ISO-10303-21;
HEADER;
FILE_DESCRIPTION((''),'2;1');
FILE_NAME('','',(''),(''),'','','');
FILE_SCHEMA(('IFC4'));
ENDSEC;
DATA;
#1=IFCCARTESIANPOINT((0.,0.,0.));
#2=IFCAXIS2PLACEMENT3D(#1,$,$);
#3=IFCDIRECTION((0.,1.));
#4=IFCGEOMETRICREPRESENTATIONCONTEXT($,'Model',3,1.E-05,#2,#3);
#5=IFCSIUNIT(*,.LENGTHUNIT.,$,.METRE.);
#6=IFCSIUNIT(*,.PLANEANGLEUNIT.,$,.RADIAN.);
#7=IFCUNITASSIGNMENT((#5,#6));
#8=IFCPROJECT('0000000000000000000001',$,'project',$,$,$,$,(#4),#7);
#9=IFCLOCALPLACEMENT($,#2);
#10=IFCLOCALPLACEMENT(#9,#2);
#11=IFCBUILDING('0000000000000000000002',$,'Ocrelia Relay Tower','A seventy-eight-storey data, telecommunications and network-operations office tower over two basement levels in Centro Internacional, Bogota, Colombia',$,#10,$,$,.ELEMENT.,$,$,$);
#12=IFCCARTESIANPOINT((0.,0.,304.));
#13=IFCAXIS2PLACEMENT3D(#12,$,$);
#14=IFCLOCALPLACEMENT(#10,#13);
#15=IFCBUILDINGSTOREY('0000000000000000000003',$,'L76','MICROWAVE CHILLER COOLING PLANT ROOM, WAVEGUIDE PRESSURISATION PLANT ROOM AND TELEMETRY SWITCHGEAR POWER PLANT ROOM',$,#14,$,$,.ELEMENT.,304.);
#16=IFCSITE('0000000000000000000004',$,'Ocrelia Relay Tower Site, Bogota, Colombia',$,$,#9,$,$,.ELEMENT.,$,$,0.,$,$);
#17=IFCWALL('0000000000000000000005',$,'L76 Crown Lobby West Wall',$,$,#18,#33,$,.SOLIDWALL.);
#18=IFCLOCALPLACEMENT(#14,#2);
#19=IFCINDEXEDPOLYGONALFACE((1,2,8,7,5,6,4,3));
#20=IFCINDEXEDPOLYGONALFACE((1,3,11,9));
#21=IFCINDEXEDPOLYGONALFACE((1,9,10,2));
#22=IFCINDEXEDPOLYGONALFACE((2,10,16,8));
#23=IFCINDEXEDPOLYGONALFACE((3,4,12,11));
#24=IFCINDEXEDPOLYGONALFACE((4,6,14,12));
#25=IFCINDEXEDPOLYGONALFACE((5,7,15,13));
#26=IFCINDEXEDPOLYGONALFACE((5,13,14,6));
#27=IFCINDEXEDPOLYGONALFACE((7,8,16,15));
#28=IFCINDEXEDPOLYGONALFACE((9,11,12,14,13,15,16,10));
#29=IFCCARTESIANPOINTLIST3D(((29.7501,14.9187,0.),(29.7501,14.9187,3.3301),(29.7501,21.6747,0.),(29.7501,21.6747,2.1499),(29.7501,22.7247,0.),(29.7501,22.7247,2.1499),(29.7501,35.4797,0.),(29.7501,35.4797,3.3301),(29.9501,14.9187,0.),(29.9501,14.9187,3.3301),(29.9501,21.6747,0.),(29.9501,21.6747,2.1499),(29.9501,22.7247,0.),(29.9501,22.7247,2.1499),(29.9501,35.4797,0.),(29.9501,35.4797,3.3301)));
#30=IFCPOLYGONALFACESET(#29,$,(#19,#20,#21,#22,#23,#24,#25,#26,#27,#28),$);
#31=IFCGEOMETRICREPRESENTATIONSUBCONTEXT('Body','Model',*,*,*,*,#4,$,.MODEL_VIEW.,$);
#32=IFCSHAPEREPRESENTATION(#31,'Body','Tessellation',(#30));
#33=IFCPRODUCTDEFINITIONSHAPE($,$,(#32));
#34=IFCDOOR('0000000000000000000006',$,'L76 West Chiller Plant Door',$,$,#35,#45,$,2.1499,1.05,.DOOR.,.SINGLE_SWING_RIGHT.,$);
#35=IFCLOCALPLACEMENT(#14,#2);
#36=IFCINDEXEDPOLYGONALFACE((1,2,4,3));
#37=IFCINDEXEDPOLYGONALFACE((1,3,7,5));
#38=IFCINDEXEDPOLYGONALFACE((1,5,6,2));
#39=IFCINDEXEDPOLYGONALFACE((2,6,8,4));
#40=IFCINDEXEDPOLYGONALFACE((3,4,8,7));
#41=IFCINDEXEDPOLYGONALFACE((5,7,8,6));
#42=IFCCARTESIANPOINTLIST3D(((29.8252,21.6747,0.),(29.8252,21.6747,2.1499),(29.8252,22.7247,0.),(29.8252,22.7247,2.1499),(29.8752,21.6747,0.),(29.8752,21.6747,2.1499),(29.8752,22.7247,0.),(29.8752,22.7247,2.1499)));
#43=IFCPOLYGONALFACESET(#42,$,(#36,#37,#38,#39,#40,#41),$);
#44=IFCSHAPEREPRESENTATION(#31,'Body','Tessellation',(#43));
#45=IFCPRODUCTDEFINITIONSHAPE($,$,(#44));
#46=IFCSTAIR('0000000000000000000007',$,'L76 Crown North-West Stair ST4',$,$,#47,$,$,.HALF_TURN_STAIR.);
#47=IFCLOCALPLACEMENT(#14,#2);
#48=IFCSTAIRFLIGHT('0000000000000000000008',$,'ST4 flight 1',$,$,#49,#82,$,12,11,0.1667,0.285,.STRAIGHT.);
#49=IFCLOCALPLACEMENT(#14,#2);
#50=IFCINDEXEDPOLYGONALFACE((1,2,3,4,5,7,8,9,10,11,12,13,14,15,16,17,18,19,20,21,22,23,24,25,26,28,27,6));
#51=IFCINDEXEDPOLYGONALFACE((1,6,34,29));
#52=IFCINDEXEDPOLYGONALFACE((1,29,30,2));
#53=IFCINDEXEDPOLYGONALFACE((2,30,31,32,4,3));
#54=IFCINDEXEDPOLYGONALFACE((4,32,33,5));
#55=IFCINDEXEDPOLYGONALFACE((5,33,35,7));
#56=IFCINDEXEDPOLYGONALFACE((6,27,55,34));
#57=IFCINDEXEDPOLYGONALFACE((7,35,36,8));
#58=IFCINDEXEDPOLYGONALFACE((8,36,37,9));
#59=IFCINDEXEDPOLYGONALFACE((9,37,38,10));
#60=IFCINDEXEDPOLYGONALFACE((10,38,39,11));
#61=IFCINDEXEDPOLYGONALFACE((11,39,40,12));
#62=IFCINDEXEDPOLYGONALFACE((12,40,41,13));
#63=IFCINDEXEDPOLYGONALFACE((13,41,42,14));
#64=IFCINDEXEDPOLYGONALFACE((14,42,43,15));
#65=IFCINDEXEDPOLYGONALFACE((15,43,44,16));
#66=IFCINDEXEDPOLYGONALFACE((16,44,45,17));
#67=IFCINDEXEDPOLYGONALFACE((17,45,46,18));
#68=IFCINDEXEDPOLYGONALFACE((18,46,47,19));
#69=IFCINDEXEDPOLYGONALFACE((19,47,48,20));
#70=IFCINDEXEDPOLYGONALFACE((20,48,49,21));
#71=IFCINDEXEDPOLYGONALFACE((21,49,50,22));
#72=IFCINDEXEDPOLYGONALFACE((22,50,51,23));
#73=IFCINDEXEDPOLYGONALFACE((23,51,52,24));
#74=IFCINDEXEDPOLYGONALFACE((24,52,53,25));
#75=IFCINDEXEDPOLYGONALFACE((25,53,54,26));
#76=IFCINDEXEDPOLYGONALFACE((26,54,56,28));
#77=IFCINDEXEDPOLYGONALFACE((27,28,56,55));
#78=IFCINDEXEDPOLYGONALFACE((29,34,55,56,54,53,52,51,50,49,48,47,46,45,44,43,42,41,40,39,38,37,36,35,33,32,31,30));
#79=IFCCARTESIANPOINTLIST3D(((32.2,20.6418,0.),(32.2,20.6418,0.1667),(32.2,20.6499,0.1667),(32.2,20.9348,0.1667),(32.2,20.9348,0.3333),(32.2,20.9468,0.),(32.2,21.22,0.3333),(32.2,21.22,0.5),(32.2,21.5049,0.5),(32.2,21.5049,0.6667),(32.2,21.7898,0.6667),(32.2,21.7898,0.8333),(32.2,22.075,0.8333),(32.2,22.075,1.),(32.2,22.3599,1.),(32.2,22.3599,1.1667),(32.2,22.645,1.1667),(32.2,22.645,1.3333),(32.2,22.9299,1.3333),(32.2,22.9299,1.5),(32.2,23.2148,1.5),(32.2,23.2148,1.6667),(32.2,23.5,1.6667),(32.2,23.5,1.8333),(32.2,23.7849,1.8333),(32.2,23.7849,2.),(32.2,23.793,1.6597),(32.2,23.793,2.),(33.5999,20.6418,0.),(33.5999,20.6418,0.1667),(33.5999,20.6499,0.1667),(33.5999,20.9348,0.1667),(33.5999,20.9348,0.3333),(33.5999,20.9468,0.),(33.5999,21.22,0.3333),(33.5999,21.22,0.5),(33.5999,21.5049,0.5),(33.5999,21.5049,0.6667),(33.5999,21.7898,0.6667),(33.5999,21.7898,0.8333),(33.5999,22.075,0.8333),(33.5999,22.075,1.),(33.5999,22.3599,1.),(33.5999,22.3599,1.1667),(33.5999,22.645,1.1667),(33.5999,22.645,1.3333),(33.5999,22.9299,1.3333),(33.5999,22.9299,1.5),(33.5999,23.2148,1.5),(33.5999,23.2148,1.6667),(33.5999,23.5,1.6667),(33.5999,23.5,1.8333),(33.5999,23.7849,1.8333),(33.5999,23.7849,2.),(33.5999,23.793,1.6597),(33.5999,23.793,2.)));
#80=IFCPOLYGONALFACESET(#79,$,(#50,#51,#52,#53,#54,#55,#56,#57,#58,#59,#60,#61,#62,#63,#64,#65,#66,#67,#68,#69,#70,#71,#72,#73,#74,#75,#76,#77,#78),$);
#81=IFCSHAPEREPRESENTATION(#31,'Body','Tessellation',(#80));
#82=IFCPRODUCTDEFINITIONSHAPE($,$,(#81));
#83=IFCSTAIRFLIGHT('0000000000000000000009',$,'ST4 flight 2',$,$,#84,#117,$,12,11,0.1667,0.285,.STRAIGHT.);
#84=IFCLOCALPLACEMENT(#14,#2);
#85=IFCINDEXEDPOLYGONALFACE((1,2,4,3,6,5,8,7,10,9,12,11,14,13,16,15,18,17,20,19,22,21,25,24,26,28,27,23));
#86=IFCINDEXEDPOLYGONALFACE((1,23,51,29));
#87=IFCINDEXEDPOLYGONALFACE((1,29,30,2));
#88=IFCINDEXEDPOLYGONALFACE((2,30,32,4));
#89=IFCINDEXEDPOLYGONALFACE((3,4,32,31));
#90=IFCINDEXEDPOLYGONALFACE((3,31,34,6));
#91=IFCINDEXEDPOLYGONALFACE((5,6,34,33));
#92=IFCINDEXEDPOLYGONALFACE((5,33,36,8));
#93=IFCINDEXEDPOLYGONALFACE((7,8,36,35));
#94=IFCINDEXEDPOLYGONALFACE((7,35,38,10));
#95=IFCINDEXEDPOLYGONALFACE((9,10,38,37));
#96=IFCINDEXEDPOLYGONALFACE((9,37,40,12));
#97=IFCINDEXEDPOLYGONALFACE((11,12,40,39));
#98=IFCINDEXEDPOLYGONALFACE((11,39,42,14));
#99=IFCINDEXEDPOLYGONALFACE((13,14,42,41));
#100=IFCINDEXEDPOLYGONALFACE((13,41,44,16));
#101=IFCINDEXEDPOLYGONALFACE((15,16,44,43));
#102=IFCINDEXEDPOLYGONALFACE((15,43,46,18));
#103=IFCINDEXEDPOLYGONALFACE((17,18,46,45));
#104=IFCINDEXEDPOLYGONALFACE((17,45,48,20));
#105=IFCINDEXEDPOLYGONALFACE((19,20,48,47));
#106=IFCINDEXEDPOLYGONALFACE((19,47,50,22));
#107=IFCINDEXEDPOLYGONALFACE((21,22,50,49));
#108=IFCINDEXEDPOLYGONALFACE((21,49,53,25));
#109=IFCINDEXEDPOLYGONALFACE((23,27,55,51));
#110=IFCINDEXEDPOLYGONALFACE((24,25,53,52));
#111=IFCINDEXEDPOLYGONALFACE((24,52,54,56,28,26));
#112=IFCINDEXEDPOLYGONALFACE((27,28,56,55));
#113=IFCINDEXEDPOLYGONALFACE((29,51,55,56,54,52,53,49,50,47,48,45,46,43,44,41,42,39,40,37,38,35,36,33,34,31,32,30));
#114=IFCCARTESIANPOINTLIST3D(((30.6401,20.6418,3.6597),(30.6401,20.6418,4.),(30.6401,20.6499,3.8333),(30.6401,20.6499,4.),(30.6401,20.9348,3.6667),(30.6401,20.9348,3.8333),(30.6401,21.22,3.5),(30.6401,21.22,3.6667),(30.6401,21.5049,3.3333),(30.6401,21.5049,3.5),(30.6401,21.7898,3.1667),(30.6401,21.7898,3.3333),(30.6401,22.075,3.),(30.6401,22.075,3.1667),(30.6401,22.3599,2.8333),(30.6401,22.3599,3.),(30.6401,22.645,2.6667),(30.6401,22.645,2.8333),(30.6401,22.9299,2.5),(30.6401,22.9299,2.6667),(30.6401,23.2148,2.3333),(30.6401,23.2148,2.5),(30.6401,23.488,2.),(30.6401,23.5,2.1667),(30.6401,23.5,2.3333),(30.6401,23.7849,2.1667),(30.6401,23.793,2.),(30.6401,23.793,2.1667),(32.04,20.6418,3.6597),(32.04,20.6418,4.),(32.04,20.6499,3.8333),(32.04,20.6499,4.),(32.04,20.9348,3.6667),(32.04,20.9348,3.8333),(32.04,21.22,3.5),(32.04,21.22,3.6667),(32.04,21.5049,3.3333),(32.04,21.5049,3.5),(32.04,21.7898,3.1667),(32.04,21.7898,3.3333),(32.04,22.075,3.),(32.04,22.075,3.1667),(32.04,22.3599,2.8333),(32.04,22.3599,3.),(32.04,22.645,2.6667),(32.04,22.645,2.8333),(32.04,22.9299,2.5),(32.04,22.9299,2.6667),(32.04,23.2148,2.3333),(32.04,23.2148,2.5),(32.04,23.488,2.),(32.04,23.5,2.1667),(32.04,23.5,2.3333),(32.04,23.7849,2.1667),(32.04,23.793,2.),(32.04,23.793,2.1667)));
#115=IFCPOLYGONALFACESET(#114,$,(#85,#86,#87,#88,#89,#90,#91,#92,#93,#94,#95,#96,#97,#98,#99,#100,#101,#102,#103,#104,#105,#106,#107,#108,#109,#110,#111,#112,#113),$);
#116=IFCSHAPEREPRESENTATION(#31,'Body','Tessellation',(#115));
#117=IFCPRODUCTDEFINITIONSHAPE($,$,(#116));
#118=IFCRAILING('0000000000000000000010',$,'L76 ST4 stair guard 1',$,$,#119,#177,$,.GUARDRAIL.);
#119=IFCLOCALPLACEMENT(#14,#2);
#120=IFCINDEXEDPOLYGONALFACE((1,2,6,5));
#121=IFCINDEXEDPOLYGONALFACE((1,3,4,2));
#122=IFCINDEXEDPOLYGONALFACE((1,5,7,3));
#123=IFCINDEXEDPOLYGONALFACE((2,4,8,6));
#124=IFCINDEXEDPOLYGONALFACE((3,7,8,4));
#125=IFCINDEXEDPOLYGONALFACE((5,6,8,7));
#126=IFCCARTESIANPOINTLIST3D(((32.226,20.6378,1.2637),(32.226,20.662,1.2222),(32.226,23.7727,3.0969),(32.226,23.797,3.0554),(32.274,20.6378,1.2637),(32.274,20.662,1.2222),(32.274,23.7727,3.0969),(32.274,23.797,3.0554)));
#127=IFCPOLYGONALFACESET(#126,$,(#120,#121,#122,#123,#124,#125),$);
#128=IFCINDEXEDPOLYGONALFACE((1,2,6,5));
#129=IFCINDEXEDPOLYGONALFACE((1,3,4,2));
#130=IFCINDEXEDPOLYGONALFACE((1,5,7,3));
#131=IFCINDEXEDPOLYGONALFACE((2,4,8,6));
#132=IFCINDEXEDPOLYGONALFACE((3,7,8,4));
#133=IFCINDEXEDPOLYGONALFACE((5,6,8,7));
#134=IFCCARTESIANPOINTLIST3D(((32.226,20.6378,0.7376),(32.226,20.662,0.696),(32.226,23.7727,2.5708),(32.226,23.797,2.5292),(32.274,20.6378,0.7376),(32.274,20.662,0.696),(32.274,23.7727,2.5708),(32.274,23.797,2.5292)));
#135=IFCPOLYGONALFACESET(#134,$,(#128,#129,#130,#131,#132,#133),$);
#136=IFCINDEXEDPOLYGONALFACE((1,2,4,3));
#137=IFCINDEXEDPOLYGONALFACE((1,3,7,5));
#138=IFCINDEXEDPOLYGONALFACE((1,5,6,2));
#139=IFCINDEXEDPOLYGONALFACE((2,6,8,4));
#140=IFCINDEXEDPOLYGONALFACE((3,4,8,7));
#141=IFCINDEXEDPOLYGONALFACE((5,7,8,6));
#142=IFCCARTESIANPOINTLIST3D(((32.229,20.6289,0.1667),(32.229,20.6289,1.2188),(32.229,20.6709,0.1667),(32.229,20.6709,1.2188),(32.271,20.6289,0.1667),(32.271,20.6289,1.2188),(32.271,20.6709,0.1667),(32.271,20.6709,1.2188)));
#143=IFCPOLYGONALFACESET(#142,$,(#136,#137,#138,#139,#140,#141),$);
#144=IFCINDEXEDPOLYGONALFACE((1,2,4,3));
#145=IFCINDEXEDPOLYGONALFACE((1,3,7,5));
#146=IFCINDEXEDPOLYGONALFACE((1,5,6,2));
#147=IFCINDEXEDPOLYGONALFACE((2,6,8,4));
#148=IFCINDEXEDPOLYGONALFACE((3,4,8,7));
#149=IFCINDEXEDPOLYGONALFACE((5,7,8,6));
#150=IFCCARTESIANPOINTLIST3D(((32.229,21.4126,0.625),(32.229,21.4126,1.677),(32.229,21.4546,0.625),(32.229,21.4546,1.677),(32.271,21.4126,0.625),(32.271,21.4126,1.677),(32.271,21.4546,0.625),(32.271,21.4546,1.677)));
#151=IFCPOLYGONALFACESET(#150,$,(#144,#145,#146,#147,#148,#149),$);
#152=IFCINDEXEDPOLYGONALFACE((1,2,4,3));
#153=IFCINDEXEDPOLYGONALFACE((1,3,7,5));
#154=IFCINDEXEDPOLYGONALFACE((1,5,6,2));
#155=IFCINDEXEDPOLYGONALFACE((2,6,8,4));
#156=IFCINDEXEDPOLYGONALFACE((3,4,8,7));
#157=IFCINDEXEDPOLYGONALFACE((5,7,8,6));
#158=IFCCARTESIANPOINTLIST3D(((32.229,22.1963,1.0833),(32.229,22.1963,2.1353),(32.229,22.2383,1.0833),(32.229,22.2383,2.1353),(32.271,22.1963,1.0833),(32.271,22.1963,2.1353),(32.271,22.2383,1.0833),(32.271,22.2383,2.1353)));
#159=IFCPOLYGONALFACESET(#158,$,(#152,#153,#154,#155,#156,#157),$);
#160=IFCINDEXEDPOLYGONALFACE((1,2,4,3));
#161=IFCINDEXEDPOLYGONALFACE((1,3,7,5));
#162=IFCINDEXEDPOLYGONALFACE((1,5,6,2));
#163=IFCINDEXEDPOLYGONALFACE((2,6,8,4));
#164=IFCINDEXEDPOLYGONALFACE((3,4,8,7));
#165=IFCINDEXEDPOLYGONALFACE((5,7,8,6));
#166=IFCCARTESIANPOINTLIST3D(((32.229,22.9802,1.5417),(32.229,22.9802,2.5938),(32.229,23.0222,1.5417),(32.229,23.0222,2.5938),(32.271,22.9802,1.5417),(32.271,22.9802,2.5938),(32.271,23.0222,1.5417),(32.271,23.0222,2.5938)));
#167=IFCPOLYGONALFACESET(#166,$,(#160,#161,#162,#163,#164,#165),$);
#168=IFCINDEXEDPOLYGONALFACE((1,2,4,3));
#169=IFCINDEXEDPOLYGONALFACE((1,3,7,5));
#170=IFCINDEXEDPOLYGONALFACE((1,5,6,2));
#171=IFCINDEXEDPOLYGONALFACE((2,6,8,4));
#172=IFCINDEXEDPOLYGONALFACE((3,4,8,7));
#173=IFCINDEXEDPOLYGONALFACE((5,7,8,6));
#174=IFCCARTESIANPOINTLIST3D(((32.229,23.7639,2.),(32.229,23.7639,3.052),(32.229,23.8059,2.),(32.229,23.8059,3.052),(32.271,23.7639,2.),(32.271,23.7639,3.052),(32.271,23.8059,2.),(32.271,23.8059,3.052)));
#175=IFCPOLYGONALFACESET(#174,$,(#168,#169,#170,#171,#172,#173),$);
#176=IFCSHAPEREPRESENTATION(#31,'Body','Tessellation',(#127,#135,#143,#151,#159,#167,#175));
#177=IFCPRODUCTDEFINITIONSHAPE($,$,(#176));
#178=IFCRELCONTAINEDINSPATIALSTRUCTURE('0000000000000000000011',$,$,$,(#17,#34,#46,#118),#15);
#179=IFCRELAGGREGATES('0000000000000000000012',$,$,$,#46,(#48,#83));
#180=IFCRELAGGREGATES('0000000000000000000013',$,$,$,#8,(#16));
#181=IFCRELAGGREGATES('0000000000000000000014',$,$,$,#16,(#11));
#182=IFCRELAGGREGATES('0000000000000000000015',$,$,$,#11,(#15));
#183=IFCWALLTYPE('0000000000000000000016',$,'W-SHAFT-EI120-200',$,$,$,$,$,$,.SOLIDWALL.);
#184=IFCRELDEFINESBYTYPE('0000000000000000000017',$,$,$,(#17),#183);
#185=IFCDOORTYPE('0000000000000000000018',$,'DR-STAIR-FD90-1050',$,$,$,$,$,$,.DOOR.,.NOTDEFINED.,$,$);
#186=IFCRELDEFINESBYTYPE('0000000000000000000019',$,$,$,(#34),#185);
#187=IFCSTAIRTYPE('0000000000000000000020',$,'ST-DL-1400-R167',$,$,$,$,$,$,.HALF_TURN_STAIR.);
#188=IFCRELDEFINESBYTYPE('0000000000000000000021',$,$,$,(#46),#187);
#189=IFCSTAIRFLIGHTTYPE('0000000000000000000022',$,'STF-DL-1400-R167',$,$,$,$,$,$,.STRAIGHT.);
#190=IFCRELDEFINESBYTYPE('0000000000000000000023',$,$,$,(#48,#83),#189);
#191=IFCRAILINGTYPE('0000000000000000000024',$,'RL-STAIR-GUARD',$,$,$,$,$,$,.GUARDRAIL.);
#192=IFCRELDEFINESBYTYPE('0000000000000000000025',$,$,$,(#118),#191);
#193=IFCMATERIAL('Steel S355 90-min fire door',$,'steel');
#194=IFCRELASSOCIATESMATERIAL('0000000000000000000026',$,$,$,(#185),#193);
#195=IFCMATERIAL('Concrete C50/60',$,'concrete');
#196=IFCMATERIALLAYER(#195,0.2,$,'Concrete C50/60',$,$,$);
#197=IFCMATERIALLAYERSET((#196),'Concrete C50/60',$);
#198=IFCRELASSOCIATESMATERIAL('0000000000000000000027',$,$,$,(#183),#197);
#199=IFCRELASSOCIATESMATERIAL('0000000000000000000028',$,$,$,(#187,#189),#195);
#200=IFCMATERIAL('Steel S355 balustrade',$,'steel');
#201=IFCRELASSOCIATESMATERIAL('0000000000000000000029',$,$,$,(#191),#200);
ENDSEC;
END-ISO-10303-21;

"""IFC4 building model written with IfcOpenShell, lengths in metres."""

from ifc_helpers import new_model, si_unit, direction, frame, frame_2d, origin, origin_2d, place, context, subcontext, project, spatial, polyline, rectangle, outline, extrude, material, layer, layer_set, type_object, element, fill, aggregate, save


model = new_model("IFC4")

# Units and contexts
model_context = context("Model", 3, precision=1e-05, world=origin(), true_north=direction((0.0, 1.0)))
body_context = subcontext(model_context, "Body", "Model", "MODEL_VIEW")
ifc_project = project(units=[si_unit("LENGTHUNIT", "METRE"), si_unit("PLANEANGLEUNIT", "RADIAN")], contexts=[model_context])

# Site, building, storey
site_placement = place(None, origin())
site = spatial("IfcSite", under=ifc_project, at=site_placement, Name="Ocrelia Relay Tower Site, Bogota, Colombia", CompositionType="ELEMENT", RefElevation=0.0)
building_placement = place(site_placement, origin())
building = spatial("IfcBuilding", under=site, at=building_placement, Name="Ocrelia Relay Tower", Description="A seventy-eight-storey data, telecommunications and network-operations office tower over two basement levels in Centro Internacional, Bogota, Colombia", CompositionType="ELEMENT")
storey_placement = place(building_placement, frame((0.0, 0.0, 304.0)))
storey = spatial("IfcBuildingStorey", under=building, at=storey_placement, Name="L76", Description="MICROWAVE CHILLER COOLING PLANT ROOM, WAVEGUIDE PRESSURISATION PLANT ROOM AND TELEMETRY SWITCHGEAR POWER PLANT ROOM", CompositionType="ELEMENT", Elevation=304.0)

# Shared definitions
ifc_material_1 = material(Name="Concrete C50/60", Category="concrete")
ifc_material_2 = material(Name="Steel S355 90-min fire door", Category="steel")
door_type = type_object("IfcDoorType", Name="DR-STAIR-FD90-1050", OperationType="NOTDEFINED", PredefinedType="DOOR", material=ifc_material_2)

# Wall, opening, door
ifc_layer_1 = layer(ifc_material_1, 0.2, Name="Concrete C50/60")
ifc_layer_set_1 = layer_set([ifc_layer_1], Name="Concrete C50/60")
wall_type_1 = type_object("IfcWallType", Name="W-SHAFT-EI120-200", PredefinedType="SOLIDWALL", material=ifc_layer_set_1)
wall_1_placement = place(storey_placement, frame((29.8501, 14.9187, 0.0), z_axis=(0.0, 0.0, 1.0), x_axis=(0.0, 1.0, 0.0)))
wall_1 = element("IfcWall", 1, at=wall_1_placement, inside=storey, type_object=wall_type_1, Name="L76 Crown Lobby West Wall", PredefinedType="SOLIDWALL", context=body_context, shape_type="SweptSolid", body=[
    extrude(rectangle(XDim=20.561, YDim=0.2, at=frame_2d((10.2805, 0.0))), origin(), (0.0, 0.0, 1.0), 3.3301),
])
opening_1_placement = place(wall_1_placement, frame((6.7561, 0.0, 0.0)))
opening_1 = element("IfcOpeningElement", 2, at=opening_1_placement, cuts=wall_1, PredefinedType="OPENING", context=body_context, shape_type="SweptSolid", body=[
    extrude(rectangle(XDim=1.05, YDim=2.1499, at=frame_2d((0.5249, 1.075))), frame((0.0, 0.1099, 0.0), z_axis=(0.0, -1.0, 0.0), x_axis=(1.0, 0.0, 0.0)), (0.0, 0.0, 1.0), 0.22),
])
door_1_placement = place(opening_1_placement, origin())
door_1 = element("IfcDoor", 3, at=door_1_placement, inside=storey, type_object=door_type, Name="L76 West Chiller Plant Door", OperationType="SINGLE_SWING_RIGHT", OverallHeight=2.1499, OverallWidth=1.05, PredefinedType="DOOR", context=body_context, shape_type="SweptSolid", body=[
    extrude(rectangle(XDim=1.05, YDim=2.1499, at=frame_2d((0.5249, 1.075))), frame((0.0, 0.0249, 0.0), z_axis=(0.0, -1.0, 0.0), x_axis=(1.0, 0.0, 0.0)), (0.0, 0.0, 1.0), 0.05),
])
fill(opening_1, door_1)

# Stair, stair flights
stair_type = type_object("IfcStairType", Name="ST-DL-1400-R167", PredefinedType="HALF_TURN_STAIR", material=ifc_material_1)
stair_placement = place(storey_placement, origin())
stair = element("IfcStair", 4, at=stair_placement, inside=storey, type_object=stair_type, Name="L76 Crown North-West Stair ST4", PredefinedType="HALF_TURN_STAIR")
stair_flight_type = type_object("IfcStairFlightType", Name="STF-DL-1400-R167", PredefinedType="STRAIGHT", material=ifc_material_1)
stair_flight_1_placement = place(storey_placement, frame((32.8999, 20.6499, 0.0), z_axis=(0.0, 0.0, 1.0), x_axis=(0.0, 1.0, 0.0)))
stair_flight_1 = element("IfcStairFlight", 5, at=stair_flight_1_placement, type_object=stair_flight_type, Name="ST4 flight 1", NumberOfRisers=12, NumberOfTreads=11, PredefinedType="STRAIGHT", RiserHeight=0.1667, TreadLength=0.285, context=body_context, shape_type="SweptSolid", body=[
    extrude(outline(polyline([(-0.0081, 0.0), (-0.0081, 0.1667), (0.0, 0.1667), (0.2849, 0.1667), (0.2849, 0.3333), (0.5701, 0.3333), (0.5701, 0.5), (0.855, 0.5), (0.855, 0.6667), (1.1399, 0.6667), (1.1399, 0.8333), (1.425, 0.8333), (1.425, 1.0), (1.71, 1.0), (1.71, 1.1667), (1.9951, 1.1667), (1.9951, 1.3333), (2.28, 1.3333), (2.28, 1.5), (2.5649, 1.5), (2.5649, 1.6667), (2.8501, 1.6667), (2.8501, 1.8333), (3.135, 1.8333), (3.135, 2.0), (3.1431, 2.0), (3.1431, 1.6597), (0.2969, 0.0), (-0.0081, 0.0)])), frame((0.0, 0.7, 0.0), z_axis=(0.0, -1.0, 0.0), x_axis=(1.0, 0.0, 0.0)), (0.0, 0.0, 1.0), 1.3999),
])
stair_flight_2_placement = place(storey_placement, frame((31.3401, 23.7849, 2.0), z_axis=(0.0, 0.0, 1.0), x_axis=(0.0, -1.0, 0.0)))
stair_flight_2 = element("IfcStairFlight", 6, at=stair_flight_2_placement, type_object=stair_flight_type, Name="ST4 flight 2", NumberOfRisers=12, NumberOfTreads=11, PredefinedType="STRAIGHT", RiserHeight=0.1667, TreadLength=0.285, context=body_context, shape_type="SweptSolid", body=[
    extrude(outline(polyline([(-0.0081, 0.0), (-0.0081, 0.1667), (0.0, 0.1667), (0.2849, 0.1667), (0.2849, 0.3333), (0.5701, 0.3333), (0.5701, 0.5), (0.855, 0.5), (0.855, 0.6667), (1.1399, 0.6667), (1.1399, 0.8333), (1.425, 0.8333), (1.425, 1.0), (1.71, 1.0), (1.71, 1.1667), (1.9951, 1.1667), (1.9951, 1.3333), (2.28, 1.3333), (2.28, 1.5), (2.5649, 1.5), (2.5649, 1.6667), (2.8501, 1.6667), (2.8501, 1.8333), (3.135, 1.8333), (3.135, 2.0), (3.1431, 2.0), (3.1431, 1.6597), (0.2969, 0.0), (-0.0081, 0.0)])), frame((0.0, 0.7, 0.0), z_axis=(0.0, -1.0, 0.0), x_axis=(1.0, 0.0, 0.0)), (0.0, 0.0, 1.0), 1.3999),
])
aggregate(stair, [stair_flight_1, stair_flight_2])

# Railing
ifc_material_3 = material(Name="Steel S355 balustrade", Category="steel")
railing_type_1 = type_object("IfcRailingType", Name="RL-STAIR-GUARD", PredefinedType="GUARDRAIL", material=ifc_material_3)
railing_1_placement = place(storey_placement, frame((32.25, 20.6499, 0.1667)))
element("IfcRailing", 7, at=railing_1_placement, inside=storey, type_object=railing_type_1, Name="L76 ST4 stair guard 1", PredefinedType="GUARDRAIL", context=body_context, shape_type="SweptSolid", body=[
    extrude(rectangle(XDim=0.0481, YDim=0.0481, at=origin_2d()), frame((0.0, 0.0, 1.0762), z_axis=(0.0, 0.86324, 0.504794), x_axis=(-1.0, 0.0, 0.0)), (0.0, 0.0, 1.0), 3.6316),
    extrude(rectangle(XDim=0.0481, YDim=0.0481, at=origin_2d()), frame((0.0, 0.0, 0.55), z_axis=(0.0, 0.86324, 0.504794), x_axis=(-1.0, 0.0, 0.0)), (0.0, 0.0, 1.0), 3.6316),
    extrude(rectangle(XDim=0.042, YDim=0.042, at=origin_2d()), origin(), (0.0, 0.0, 1.0), 1.052),
    extrude(rectangle(XDim=0.042, YDim=0.042, at=origin_2d()), frame((0.0, 0.7837, 0.4583)), (0.0, 0.0, 1.0), 1.052),
    extrude(rectangle(XDim=0.042, YDim=0.042, at=origin_2d()), frame((0.0, 1.5674, 0.9165)), (0.0, 0.0, 1.0), 1.052),
    extrude(rectangle(XDim=0.042, YDim=0.042, at=origin_2d()), frame((0.0, 2.3513, 1.375)), (0.0, 0.0, 1.0), 1.052),
    extrude(rectangle(XDim=0.042, YDim=0.042, at=origin_2d()), frame((0.0, 3.135, 1.8333)), (0.0, 0.0, 1.0), 1.052),
])

save(model, "model.ifc")
